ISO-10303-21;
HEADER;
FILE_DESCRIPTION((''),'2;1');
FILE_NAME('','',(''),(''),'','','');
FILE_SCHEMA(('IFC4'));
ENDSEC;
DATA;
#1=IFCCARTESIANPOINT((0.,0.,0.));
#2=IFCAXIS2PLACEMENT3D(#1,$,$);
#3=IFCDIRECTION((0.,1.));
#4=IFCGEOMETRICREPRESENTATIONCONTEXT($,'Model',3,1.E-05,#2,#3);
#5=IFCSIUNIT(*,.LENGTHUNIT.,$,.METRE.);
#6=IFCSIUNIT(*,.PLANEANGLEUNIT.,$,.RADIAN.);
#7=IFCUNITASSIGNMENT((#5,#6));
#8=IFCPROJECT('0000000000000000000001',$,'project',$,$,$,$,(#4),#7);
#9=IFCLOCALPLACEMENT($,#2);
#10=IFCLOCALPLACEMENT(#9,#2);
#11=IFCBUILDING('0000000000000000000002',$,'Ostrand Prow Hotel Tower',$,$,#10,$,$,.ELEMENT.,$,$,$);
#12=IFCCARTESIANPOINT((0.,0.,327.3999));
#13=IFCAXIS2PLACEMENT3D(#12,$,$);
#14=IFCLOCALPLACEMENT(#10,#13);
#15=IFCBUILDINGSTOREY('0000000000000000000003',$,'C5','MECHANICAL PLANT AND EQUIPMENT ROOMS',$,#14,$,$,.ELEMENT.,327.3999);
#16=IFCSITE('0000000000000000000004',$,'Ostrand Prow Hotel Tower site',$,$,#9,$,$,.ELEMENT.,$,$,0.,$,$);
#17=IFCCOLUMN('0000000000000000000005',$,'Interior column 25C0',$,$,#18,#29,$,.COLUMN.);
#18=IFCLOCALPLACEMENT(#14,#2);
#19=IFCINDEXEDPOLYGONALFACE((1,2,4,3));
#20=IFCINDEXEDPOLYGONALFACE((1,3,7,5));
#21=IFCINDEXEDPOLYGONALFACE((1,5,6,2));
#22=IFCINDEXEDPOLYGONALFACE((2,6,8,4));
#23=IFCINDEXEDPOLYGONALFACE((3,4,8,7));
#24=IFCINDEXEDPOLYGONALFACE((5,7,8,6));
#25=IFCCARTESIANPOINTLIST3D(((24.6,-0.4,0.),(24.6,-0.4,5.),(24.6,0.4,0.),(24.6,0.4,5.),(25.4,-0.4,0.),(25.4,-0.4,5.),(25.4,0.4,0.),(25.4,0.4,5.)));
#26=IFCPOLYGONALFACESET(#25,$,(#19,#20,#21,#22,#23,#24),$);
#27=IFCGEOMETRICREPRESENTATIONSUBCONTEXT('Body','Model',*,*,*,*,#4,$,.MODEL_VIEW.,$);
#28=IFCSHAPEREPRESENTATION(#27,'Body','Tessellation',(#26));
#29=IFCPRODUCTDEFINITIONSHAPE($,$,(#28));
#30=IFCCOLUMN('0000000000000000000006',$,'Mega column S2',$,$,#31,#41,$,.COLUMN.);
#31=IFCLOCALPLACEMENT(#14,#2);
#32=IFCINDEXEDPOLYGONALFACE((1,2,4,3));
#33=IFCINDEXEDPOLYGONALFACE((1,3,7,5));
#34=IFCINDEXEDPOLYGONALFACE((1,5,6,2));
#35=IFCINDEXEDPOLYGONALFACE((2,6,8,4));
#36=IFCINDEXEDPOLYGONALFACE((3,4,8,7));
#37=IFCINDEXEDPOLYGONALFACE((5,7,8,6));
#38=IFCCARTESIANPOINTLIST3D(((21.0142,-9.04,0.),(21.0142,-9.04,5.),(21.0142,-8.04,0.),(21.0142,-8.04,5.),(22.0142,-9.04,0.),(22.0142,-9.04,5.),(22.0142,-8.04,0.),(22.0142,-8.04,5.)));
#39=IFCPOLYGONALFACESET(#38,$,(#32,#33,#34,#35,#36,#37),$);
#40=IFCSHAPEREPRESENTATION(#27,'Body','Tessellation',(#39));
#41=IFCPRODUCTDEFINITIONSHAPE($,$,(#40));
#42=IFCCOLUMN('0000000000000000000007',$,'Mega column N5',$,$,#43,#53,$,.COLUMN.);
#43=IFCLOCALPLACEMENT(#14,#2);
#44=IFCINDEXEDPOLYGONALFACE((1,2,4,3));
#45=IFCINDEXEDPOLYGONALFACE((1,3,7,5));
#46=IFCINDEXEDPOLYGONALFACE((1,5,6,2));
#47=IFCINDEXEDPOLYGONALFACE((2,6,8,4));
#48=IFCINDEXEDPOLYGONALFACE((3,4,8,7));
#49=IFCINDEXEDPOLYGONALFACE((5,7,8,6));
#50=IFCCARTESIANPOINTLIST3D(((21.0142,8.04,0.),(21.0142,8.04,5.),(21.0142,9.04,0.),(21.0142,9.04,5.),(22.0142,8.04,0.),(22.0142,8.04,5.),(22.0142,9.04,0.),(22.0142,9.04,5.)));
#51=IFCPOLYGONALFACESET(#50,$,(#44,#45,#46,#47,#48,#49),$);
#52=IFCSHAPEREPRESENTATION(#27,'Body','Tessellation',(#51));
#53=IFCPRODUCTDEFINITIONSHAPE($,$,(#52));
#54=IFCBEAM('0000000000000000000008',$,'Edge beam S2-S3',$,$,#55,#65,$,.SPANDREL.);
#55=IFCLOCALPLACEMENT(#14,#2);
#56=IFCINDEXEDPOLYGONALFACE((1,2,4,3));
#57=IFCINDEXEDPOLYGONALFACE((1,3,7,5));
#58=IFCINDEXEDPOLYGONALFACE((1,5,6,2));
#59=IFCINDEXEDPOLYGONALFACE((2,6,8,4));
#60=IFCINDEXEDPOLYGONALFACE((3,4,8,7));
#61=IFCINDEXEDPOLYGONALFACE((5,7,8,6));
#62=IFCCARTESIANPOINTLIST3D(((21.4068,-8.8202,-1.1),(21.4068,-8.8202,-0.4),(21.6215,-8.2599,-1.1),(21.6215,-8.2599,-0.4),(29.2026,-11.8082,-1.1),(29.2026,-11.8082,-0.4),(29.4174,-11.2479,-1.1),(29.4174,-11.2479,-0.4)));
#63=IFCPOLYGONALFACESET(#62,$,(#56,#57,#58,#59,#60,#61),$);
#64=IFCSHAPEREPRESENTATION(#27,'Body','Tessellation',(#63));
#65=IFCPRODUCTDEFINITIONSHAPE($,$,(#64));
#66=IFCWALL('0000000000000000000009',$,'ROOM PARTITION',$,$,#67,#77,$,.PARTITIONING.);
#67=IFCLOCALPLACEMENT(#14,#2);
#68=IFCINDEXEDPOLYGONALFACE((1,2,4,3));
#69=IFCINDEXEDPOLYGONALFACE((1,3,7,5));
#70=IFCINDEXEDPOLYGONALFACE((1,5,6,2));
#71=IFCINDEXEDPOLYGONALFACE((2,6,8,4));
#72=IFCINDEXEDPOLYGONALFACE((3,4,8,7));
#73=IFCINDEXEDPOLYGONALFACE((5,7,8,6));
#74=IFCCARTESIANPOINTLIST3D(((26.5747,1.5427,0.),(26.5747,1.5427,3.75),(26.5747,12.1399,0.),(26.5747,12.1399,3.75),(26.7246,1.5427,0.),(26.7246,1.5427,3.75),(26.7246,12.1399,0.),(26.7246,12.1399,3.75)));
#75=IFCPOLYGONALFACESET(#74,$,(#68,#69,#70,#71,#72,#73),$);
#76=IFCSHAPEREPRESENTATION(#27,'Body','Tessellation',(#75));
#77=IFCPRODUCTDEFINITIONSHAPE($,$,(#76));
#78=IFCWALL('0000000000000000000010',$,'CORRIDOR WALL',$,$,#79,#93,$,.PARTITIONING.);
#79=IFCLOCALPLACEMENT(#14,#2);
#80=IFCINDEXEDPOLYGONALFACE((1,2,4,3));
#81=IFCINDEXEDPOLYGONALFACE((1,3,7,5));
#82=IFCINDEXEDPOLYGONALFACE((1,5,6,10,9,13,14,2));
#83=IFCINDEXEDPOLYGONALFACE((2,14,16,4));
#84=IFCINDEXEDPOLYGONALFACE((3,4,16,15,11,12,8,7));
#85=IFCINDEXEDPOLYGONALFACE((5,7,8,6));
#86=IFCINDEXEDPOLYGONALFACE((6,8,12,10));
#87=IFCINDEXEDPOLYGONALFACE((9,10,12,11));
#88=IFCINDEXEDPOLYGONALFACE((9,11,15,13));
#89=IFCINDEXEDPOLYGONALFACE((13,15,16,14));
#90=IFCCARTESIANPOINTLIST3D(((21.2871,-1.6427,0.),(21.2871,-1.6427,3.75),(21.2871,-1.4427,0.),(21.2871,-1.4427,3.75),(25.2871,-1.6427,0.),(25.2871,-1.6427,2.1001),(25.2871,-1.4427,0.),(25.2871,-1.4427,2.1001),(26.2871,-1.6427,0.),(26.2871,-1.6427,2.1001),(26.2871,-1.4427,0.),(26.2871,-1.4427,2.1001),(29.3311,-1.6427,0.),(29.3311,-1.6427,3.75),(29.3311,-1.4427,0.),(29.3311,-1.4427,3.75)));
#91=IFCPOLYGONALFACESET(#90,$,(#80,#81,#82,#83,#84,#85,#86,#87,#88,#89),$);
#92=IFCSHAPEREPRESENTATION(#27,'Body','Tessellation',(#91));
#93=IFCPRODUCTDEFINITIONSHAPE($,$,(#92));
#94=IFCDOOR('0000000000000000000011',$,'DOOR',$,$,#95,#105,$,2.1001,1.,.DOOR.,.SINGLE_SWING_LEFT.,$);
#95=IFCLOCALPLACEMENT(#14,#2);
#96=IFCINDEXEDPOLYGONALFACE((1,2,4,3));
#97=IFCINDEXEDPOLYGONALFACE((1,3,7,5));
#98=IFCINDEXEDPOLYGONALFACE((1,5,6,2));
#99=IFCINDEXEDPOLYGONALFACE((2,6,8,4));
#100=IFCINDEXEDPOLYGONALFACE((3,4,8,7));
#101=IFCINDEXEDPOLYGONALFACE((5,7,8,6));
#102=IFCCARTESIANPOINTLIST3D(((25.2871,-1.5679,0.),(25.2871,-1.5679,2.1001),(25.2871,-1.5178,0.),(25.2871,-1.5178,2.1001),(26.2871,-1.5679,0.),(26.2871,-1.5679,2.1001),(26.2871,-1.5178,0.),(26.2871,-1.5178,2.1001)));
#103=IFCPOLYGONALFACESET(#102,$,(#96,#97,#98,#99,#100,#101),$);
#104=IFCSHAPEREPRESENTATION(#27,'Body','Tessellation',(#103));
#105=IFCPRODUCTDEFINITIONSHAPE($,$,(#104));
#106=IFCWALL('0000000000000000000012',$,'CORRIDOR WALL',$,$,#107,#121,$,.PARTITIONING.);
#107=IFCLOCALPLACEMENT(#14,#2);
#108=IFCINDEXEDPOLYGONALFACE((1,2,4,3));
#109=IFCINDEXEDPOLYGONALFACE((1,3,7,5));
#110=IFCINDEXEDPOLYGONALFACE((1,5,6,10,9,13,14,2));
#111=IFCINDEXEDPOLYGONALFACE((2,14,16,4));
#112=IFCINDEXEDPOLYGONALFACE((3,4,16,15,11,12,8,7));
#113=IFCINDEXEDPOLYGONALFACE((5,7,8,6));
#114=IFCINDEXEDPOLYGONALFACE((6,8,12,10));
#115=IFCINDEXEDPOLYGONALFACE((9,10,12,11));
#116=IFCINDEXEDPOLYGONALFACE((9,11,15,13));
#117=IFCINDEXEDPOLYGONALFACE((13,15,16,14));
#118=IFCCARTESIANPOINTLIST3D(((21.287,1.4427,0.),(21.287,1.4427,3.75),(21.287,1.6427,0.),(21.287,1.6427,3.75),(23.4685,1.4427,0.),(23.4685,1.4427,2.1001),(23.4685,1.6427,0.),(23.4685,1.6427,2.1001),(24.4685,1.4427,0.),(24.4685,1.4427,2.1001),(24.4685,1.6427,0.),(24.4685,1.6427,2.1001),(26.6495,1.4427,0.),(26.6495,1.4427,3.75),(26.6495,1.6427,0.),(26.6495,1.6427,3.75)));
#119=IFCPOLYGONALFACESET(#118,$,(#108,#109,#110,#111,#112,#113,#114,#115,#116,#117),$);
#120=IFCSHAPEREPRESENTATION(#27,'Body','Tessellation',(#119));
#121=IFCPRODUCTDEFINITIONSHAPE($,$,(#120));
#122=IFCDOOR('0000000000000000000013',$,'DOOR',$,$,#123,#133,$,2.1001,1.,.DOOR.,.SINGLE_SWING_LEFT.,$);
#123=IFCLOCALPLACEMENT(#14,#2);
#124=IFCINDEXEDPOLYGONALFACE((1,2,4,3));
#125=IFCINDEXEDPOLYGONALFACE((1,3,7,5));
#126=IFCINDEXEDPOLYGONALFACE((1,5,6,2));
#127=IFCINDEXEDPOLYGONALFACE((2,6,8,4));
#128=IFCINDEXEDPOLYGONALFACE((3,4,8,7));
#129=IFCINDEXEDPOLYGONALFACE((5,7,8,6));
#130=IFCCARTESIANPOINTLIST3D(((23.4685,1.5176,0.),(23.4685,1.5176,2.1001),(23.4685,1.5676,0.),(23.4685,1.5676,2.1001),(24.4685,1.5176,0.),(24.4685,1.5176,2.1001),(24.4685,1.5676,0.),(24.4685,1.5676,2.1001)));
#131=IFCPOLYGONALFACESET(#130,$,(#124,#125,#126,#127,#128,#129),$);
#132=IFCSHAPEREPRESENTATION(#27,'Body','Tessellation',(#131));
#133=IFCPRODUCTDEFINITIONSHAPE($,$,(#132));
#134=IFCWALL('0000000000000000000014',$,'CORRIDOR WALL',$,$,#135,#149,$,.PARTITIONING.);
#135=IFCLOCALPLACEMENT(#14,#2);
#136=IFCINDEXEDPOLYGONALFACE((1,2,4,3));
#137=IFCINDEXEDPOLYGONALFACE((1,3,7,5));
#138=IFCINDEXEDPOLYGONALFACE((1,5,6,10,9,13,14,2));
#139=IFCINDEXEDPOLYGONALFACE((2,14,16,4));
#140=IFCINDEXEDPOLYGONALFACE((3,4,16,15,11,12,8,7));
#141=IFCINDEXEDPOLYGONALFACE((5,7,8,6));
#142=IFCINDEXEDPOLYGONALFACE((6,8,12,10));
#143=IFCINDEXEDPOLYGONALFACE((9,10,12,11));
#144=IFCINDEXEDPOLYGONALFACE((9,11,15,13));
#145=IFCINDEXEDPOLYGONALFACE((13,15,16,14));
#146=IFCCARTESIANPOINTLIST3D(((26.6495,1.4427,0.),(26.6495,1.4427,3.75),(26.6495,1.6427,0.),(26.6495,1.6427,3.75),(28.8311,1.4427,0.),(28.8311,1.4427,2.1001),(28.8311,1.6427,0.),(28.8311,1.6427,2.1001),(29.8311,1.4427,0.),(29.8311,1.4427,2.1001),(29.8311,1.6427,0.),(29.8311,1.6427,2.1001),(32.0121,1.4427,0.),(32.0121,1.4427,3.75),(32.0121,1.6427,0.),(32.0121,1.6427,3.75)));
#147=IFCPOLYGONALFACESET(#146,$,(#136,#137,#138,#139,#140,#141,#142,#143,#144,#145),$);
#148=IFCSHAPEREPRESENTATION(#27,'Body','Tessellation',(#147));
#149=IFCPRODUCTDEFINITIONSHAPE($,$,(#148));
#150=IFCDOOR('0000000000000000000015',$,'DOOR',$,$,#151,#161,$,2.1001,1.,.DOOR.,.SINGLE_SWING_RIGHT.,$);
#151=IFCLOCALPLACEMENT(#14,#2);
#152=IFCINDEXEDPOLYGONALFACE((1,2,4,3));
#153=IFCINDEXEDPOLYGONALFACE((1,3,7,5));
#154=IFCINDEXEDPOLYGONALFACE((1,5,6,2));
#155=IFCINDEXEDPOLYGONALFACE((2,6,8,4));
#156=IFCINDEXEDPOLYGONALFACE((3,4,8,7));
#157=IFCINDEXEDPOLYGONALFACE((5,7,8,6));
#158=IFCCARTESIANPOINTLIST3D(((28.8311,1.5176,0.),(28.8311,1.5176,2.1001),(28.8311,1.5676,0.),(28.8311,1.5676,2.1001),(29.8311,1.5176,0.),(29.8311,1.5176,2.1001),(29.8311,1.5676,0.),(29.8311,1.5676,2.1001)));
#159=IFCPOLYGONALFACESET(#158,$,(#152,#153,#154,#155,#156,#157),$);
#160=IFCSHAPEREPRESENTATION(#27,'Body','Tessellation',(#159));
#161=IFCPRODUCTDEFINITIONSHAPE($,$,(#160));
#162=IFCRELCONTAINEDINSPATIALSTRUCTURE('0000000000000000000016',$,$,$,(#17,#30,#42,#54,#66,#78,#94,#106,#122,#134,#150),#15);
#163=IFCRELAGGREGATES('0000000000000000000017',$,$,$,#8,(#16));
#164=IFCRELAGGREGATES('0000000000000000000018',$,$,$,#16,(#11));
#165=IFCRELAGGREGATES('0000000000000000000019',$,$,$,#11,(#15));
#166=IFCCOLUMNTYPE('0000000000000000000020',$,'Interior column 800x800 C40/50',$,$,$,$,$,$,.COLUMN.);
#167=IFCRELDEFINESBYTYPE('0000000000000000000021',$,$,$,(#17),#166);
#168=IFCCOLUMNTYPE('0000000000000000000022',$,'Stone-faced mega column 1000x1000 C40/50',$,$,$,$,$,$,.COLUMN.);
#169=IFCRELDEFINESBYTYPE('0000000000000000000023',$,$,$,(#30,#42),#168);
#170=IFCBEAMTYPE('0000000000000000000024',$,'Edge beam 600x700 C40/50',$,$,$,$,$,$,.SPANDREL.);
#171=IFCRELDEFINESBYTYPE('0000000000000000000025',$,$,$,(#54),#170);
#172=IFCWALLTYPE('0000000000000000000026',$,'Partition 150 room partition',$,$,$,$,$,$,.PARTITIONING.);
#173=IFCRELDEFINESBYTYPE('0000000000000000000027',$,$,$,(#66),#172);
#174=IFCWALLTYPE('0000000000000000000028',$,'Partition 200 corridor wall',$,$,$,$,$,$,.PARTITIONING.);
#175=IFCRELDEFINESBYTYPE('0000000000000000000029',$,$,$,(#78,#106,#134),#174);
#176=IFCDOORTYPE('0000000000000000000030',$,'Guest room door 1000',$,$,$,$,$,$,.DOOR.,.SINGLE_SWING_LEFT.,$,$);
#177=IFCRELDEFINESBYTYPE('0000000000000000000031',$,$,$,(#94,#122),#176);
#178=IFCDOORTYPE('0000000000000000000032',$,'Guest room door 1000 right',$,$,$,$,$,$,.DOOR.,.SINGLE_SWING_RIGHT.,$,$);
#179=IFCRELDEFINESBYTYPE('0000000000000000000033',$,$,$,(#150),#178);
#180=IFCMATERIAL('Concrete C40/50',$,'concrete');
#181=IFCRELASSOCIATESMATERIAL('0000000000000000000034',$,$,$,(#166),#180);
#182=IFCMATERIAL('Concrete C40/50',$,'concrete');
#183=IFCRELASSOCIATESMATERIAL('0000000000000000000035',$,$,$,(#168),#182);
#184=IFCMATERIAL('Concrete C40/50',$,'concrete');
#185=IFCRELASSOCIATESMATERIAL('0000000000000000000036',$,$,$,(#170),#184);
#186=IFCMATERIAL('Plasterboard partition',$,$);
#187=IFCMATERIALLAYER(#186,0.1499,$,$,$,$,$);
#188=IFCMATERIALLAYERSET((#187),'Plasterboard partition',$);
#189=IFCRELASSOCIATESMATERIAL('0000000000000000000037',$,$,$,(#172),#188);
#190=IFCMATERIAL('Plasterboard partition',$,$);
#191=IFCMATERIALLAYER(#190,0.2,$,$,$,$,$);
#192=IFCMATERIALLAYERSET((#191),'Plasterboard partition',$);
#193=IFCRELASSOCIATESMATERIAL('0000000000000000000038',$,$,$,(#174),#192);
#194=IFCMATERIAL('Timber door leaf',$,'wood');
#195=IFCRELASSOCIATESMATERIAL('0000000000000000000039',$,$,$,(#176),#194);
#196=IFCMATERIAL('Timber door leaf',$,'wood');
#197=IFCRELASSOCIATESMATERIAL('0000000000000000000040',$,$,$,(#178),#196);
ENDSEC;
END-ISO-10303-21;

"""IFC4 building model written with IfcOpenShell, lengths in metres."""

from ifc_helpers import new_model, si_unit, direction, frame, frame_2d, origin, origin_2d, place, context, subcontext, project, spatial, rectangle, extrude, material, layer, layer_set, material_profile, profile_set, type_object, element, fill, save


model = new_model("IFC4")

# Units and contexts
model_context = context("Model", 3, precision=1e-05, world=origin(), true_north=direction((0.0, 1.0)))
body_context = subcontext(model_context, "Body", "Model", "MODEL_VIEW")
ifc_project = project(units=[si_unit("LENGTHUNIT", "METRE"), si_unit("PLANEANGLEUNIT", "RADIAN")], contexts=[model_context])

# Site, building, storey
site_placement = place(None, origin())
site = spatial("IfcSite", under=ifc_project, at=site_placement, Name="Ostrand Prow Hotel Tower site", CompositionType="ELEMENT", RefElevation=0.0)
building_placement = place(site_placement, origin())
building = spatial("IfcBuilding", under=site, at=building_placement, Name="Ostrand Prow Hotel Tower", CompositionType="ELEMENT")
storey_placement = place(building_placement, frame((0.0, 0.0, 327.3999)))
storey = spatial("IfcBuildingStorey", under=building, at=storey_placement, Name="C5", Description="MECHANICAL PLANT AND EQUIPMENT ROOMS", CompositionType="ELEMENT", Elevation=327.3999)

# Columns
ifc_material_1 = material(Name="Concrete C40/50", Category="concrete")
ifc_material_profile_1 = material_profile(ifc_material_1, rectangle(XDim=0.8, YDim=0.8, at=origin_2d()), Name="RC 800x800")
ifc_profile_set_1 = profile_set([ifc_material_profile_1], Name="Concrete C40/50")
column_type_1 = type_object("IfcColumnType", Name="Interior column 800x800 C40/50", PredefinedType="COLUMN", material=ifc_profile_set_1)
column_placement = place(storey_placement, frame((25.0, 0.0, 0.0), z_axis=(0.0, 0.0, 1.0), x_axis=(1.0, 0.0, 0.0)))
element("IfcColumn", 1, at=column_placement, inside=storey, type_object=column_type_1, Name="Interior column 25C0", PredefinedType="COLUMN", context=body_context, shape_type="SweptSolid", body=[
    extrude(rectangle(XDim=0.8, YDim=0.8, at=origin_2d()), origin(), (0.0, 0.0, 1.0), 5.0),
])
ifc_material_2 = material(Name="Concrete C40/50", Category="concrete")
ifc_material_profile_2 = material_profile(ifc_material_2, rectangle(XDim=1.0, YDim=1.0, at=origin_2d()), Name="RC 1000x1000")
ifc_profile_set_2 = profile_set([ifc_material_profile_2], Name="Concrete C40/50")
column_type_2 = type_object("IfcColumnType", Name="Stone-faced mega column 1000x1000 C40/50", PredefinedType="COLUMN", material=ifc_profile_set_2)
for number, where, z_axis, x_axis, name in (
    (2, (21.5142, -8.54, 0.0), (0.0, 0.0, 1.0), (1.0, 0.0, 0.0), "Mega column S2"),
    (3, (21.5142, 8.54, 0.0), (0.0, 0.0, 1.0), (1.0, 0.0, 0.0), "Mega column N5"),
):
    element("IfcColumn", number, at=place(storey_placement, frame(where, z_axis=z_axis, x_axis=x_axis)), inside=storey, type_object=column_type_2, Name=name, PredefinedType="COLUMN", context=body_context, shape_type="SweptSolid", body=[
        extrude(rectangle(XDim=1.0, YDim=1.0, at=origin_2d()), origin(), (0.0, 0.0, 1.0), 5.0),
    ])

# Beam
ifc_material_3 = material(Name="Concrete C40/50", Category="concrete")
ifc_material_profile_3 = material_profile(ifc_material_3, rectangle(XDim=0.6001, YDim=0.7, at=origin_2d()), Name="RC 600x700")
ifc_profile_set_3 = profile_set([ifc_material_profile_3], Name="Concrete C40/50")
beam_type = type_object("IfcBeamType", Name="Edge beam 600x700 C40/50", PredefinedType="SPANDREL", material=ifc_profile_set_3)
beam_placement = place(storey_placement, frame((21.5142, -8.54, -0.75), z_axis=(0.933762, -0.357895, 0.0), x_axis=(0.357895, 0.933762, 0.0)))
element("IfcBeam", 4, at=beam_placement, inside=storey, type_object=beam_type, Name="Edge beam S2-S3", PredefinedType="SPANDREL", context=body_context, shape_type="SweptSolid", body=[
    extrude(rectangle(XDim=0.6001, YDim=0.7, at=origin_2d()), origin(), (0.0, 0.0, 1.0), 8.3489),
])

# Wall
ifc_material_4 = material(Name="Plasterboard partition")
ifc_layer_1 = layer(ifc_material_4, 0.1499)
ifc_layer_set_1 = layer_set([ifc_layer_1], Name="Plasterboard partition")
wall_type_1 = type_object("IfcWallType", Name="Partition 150 room partition", PredefinedType="PARTITIONING", material=ifc_layer_set_1)
wall_1_placement = place(storey_placement, frame((26.6497, 1.5427, 0.0), z_axis=(0.0, 0.0, 1.0), x_axis=(0.0, 1.0, 0.0)))
element("IfcWall", 5, at=wall_1_placement, inside=storey, type_object=wall_type_1, Name="ROOM PARTITION", PredefinedType="PARTITIONING", context=body_context, shape_type="SweptSolid", body=[
    extrude(rectangle(XDim=10.5972, YDim=0.1499, at=frame_2d((5.2986, 0.0))), origin(), (0.0, 0.0, 1.0), 3.75),
])

# Walls, openings, doors
ifc_material_5 = material(Name="Plasterboard partition")
ifc_layer_2 = layer(ifc_material_5, 0.2)
ifc_layer_set_2 = layer_set([ifc_layer_2], Name="Plasterboard partition")
wall_type_2 = type_object("IfcWallType", Name="Partition 200 corridor wall", PredefinedType="PARTITIONING", material=ifc_layer_set_2)
wall_2_placement = place(storey_placement, frame((21.2871, -1.5427, 0.0), z_axis=(0.0, 0.0, 1.0), x_axis=(1.0, 0.0, 0.0)))
wall_2 = element("IfcWall", 6, at=wall_2_placement, inside=storey, type_object=wall_type_2, Name="CORRIDOR WALL", PredefinedType="PARTITIONING", context=body_context, shape_type="SweptSolid", body=[
    extrude(rectangle(XDim=8.0439, YDim=0.2, at=frame_2d((4.022, 0.0))), origin(), (0.0, 0.0, 1.0), 3.75),
])
opening_1_placement = place(wall_2_placement, frame((4.0, 0.0, 0.0)))
opening_1 = element("IfcOpeningElement", 7, at=opening_1_placement, cuts=wall_2, PredefinedType="OPENING", context=body_context, shape_type="SweptSolid", body=[
    extrude(rectangle(XDim=1.0, YDim=2.1001, at=frame_2d((0.5, 1.05))), frame((0.0, 0.1099, 0.0), z_axis=(0.0, -1.0, 0.0), x_axis=(1.0, 0.0, 0.0)), (0.0, 0.0, 1.0), 0.22),
])
ifc_material_6 = material(Name="Timber door leaf", Category="wood")
door_type_1 = type_object("IfcDoorType", Name="Guest room door 1000", OperationType="SINGLE_SWING_LEFT", PredefinedType="DOOR", material=ifc_material_6)
door_1_placement = place(opening_1_placement, origin())
door_1 = element("IfcDoor", 8, at=door_1_placement, inside=storey, type_object=door_type_1, Name="DOOR", OperationType="SINGLE_SWING_LEFT", OverallHeight=2.1001, OverallWidth=1.0, PredefinedType="DOOR", context=body_context, shape_type="SweptSolid", body=[
    extrude(rectangle(XDim=1.0, YDim=2.1001, at=frame_2d((0.5, 1.05))), frame((0.0, 0.0249, 0.0), z_axis=(0.0, -1.0, 0.0), x_axis=(1.0, 0.0, 0.0)), (0.0, 0.0, 1.0), 0.05),
])
fill(opening_1, door_1)
wall_3_placement = place(storey_placement, frame((21.2871, 1.5427, 0.0), z_axis=(0.0, 0.0, 1.0), x_axis=(1.0, 0.0, 0.0)))
wall_3 = element("IfcWall", 9, at=wall_3_placement, inside=storey, type_object=wall_type_2, Name="CORRIDOR WALL", PredefinedType="PARTITIONING", context=body_context, shape_type="SweptSolid", body=[
    extrude(rectangle(XDim=5.3625, YDim=0.2, at=frame_2d((2.6812, 0.0))), origin(), (0.0, 0.0, 1.0), 3.75),
])
opening_2_placement = place(wall_3_placement, frame((2.1814, 0.0, 0.0)))
opening_2 = element("IfcOpeningElement", 10, at=opening_2_placement, cuts=wall_3, PredefinedType="OPENING", context=body_context, shape_type="SweptSolid", body=[
    extrude(rectangle(XDim=1.0, YDim=2.1001, at=frame_2d((0.5, 1.05))), frame((0.0, 0.1099, 0.0), z_axis=(0.0, -1.0, 0.0), x_axis=(1.0, 0.0, 0.0)), (0.0, 0.0, 1.0), 0.22),
])
door_2_placement = place(opening_2_placement, origin())
door_2 = element("IfcDoor", 11, at=door_2_placement, inside=storey, type_object=door_type_1, Name="DOOR", OperationType="SINGLE_SWING_LEFT", OverallHeight=2.1001, OverallWidth=1.0, PredefinedType="DOOR", context=body_context, shape_type="SweptSolid", body=[
    extrude(rectangle(XDim=1.0, YDim=2.1001, at=frame_2d((0.5, 1.05))), frame((0.0, 0.0249, 0.0), z_axis=(0.0, -1.0, 0.0), x_axis=(1.0, 0.0, 0.0)), (0.0, 0.0, 1.0), 0.05),
])
fill(opening_2, door_2)
wall_4_placement = place(storey_placement, frame((26.6497, 1.5427, 0.0), z_axis=(0.0, 0.0, 1.0), x_axis=(1.0, 0.0, 0.0)))
wall_4 = element("IfcWall", 12, at=wall_4_placement, inside=storey, type_object=wall_type_2, Name="CORRIDOR WALL", PredefinedType="PARTITIONING", context=body_context, shape_type="SweptSolid", body=[
    extrude(rectangle(XDim=5.3625, YDim=0.2, at=frame_2d((2.6812, 0.0))), origin(), (0.0, 0.0, 1.0), 3.75),
])
opening_3_placement = place(wall_4_placement, frame((2.1814, 0.0, 0.0)))
opening_3 = element("IfcOpeningElement", 13, at=opening_3_placement, cuts=wall_4, PredefinedType="OPENING", context=body_context, shape_type="SweptSolid", body=[
    extrude(rectangle(XDim=1.0, YDim=2.1001, at=frame_2d((0.5, 1.05))), frame((0.0, 0.1099, 0.0), z_axis=(0.0, -1.0, 0.0), x_axis=(1.0, 0.0, 0.0)), (0.0, 0.0, 1.0), 0.22),
])
ifc_material_7 = material(Name="Timber door leaf", Category="wood")
door_type_2 = type_object("IfcDoorType", Name="Guest room door 1000 right", OperationType="SINGLE_SWING_RIGHT", PredefinedType="DOOR", material=ifc_material_7)
door_3_placement = place(opening_3_placement, origin())
door_3 = element("IfcDoor", 14, at=door_3_placement, inside=storey, type_object=door_type_2, Name="DOOR", OperationType="SINGLE_SWING_RIGHT", OverallHeight=2.1001, OverallWidth=1.0, PredefinedType="DOOR", context=body_context, shape_type="SweptSolid", body=[
    extrude(rectangle(XDim=1.0, YDim=2.1001, at=frame_2d((0.5, 1.05))), frame((0.0, 0.0249, 0.0), z_axis=(0.0, -1.0, 0.0), x_axis=(1.0, 0.0, 0.0)), (0.0, 0.0, 1.0), 0.05),
])
fill(opening_3, door_3)

save(model, "model.ifc")
